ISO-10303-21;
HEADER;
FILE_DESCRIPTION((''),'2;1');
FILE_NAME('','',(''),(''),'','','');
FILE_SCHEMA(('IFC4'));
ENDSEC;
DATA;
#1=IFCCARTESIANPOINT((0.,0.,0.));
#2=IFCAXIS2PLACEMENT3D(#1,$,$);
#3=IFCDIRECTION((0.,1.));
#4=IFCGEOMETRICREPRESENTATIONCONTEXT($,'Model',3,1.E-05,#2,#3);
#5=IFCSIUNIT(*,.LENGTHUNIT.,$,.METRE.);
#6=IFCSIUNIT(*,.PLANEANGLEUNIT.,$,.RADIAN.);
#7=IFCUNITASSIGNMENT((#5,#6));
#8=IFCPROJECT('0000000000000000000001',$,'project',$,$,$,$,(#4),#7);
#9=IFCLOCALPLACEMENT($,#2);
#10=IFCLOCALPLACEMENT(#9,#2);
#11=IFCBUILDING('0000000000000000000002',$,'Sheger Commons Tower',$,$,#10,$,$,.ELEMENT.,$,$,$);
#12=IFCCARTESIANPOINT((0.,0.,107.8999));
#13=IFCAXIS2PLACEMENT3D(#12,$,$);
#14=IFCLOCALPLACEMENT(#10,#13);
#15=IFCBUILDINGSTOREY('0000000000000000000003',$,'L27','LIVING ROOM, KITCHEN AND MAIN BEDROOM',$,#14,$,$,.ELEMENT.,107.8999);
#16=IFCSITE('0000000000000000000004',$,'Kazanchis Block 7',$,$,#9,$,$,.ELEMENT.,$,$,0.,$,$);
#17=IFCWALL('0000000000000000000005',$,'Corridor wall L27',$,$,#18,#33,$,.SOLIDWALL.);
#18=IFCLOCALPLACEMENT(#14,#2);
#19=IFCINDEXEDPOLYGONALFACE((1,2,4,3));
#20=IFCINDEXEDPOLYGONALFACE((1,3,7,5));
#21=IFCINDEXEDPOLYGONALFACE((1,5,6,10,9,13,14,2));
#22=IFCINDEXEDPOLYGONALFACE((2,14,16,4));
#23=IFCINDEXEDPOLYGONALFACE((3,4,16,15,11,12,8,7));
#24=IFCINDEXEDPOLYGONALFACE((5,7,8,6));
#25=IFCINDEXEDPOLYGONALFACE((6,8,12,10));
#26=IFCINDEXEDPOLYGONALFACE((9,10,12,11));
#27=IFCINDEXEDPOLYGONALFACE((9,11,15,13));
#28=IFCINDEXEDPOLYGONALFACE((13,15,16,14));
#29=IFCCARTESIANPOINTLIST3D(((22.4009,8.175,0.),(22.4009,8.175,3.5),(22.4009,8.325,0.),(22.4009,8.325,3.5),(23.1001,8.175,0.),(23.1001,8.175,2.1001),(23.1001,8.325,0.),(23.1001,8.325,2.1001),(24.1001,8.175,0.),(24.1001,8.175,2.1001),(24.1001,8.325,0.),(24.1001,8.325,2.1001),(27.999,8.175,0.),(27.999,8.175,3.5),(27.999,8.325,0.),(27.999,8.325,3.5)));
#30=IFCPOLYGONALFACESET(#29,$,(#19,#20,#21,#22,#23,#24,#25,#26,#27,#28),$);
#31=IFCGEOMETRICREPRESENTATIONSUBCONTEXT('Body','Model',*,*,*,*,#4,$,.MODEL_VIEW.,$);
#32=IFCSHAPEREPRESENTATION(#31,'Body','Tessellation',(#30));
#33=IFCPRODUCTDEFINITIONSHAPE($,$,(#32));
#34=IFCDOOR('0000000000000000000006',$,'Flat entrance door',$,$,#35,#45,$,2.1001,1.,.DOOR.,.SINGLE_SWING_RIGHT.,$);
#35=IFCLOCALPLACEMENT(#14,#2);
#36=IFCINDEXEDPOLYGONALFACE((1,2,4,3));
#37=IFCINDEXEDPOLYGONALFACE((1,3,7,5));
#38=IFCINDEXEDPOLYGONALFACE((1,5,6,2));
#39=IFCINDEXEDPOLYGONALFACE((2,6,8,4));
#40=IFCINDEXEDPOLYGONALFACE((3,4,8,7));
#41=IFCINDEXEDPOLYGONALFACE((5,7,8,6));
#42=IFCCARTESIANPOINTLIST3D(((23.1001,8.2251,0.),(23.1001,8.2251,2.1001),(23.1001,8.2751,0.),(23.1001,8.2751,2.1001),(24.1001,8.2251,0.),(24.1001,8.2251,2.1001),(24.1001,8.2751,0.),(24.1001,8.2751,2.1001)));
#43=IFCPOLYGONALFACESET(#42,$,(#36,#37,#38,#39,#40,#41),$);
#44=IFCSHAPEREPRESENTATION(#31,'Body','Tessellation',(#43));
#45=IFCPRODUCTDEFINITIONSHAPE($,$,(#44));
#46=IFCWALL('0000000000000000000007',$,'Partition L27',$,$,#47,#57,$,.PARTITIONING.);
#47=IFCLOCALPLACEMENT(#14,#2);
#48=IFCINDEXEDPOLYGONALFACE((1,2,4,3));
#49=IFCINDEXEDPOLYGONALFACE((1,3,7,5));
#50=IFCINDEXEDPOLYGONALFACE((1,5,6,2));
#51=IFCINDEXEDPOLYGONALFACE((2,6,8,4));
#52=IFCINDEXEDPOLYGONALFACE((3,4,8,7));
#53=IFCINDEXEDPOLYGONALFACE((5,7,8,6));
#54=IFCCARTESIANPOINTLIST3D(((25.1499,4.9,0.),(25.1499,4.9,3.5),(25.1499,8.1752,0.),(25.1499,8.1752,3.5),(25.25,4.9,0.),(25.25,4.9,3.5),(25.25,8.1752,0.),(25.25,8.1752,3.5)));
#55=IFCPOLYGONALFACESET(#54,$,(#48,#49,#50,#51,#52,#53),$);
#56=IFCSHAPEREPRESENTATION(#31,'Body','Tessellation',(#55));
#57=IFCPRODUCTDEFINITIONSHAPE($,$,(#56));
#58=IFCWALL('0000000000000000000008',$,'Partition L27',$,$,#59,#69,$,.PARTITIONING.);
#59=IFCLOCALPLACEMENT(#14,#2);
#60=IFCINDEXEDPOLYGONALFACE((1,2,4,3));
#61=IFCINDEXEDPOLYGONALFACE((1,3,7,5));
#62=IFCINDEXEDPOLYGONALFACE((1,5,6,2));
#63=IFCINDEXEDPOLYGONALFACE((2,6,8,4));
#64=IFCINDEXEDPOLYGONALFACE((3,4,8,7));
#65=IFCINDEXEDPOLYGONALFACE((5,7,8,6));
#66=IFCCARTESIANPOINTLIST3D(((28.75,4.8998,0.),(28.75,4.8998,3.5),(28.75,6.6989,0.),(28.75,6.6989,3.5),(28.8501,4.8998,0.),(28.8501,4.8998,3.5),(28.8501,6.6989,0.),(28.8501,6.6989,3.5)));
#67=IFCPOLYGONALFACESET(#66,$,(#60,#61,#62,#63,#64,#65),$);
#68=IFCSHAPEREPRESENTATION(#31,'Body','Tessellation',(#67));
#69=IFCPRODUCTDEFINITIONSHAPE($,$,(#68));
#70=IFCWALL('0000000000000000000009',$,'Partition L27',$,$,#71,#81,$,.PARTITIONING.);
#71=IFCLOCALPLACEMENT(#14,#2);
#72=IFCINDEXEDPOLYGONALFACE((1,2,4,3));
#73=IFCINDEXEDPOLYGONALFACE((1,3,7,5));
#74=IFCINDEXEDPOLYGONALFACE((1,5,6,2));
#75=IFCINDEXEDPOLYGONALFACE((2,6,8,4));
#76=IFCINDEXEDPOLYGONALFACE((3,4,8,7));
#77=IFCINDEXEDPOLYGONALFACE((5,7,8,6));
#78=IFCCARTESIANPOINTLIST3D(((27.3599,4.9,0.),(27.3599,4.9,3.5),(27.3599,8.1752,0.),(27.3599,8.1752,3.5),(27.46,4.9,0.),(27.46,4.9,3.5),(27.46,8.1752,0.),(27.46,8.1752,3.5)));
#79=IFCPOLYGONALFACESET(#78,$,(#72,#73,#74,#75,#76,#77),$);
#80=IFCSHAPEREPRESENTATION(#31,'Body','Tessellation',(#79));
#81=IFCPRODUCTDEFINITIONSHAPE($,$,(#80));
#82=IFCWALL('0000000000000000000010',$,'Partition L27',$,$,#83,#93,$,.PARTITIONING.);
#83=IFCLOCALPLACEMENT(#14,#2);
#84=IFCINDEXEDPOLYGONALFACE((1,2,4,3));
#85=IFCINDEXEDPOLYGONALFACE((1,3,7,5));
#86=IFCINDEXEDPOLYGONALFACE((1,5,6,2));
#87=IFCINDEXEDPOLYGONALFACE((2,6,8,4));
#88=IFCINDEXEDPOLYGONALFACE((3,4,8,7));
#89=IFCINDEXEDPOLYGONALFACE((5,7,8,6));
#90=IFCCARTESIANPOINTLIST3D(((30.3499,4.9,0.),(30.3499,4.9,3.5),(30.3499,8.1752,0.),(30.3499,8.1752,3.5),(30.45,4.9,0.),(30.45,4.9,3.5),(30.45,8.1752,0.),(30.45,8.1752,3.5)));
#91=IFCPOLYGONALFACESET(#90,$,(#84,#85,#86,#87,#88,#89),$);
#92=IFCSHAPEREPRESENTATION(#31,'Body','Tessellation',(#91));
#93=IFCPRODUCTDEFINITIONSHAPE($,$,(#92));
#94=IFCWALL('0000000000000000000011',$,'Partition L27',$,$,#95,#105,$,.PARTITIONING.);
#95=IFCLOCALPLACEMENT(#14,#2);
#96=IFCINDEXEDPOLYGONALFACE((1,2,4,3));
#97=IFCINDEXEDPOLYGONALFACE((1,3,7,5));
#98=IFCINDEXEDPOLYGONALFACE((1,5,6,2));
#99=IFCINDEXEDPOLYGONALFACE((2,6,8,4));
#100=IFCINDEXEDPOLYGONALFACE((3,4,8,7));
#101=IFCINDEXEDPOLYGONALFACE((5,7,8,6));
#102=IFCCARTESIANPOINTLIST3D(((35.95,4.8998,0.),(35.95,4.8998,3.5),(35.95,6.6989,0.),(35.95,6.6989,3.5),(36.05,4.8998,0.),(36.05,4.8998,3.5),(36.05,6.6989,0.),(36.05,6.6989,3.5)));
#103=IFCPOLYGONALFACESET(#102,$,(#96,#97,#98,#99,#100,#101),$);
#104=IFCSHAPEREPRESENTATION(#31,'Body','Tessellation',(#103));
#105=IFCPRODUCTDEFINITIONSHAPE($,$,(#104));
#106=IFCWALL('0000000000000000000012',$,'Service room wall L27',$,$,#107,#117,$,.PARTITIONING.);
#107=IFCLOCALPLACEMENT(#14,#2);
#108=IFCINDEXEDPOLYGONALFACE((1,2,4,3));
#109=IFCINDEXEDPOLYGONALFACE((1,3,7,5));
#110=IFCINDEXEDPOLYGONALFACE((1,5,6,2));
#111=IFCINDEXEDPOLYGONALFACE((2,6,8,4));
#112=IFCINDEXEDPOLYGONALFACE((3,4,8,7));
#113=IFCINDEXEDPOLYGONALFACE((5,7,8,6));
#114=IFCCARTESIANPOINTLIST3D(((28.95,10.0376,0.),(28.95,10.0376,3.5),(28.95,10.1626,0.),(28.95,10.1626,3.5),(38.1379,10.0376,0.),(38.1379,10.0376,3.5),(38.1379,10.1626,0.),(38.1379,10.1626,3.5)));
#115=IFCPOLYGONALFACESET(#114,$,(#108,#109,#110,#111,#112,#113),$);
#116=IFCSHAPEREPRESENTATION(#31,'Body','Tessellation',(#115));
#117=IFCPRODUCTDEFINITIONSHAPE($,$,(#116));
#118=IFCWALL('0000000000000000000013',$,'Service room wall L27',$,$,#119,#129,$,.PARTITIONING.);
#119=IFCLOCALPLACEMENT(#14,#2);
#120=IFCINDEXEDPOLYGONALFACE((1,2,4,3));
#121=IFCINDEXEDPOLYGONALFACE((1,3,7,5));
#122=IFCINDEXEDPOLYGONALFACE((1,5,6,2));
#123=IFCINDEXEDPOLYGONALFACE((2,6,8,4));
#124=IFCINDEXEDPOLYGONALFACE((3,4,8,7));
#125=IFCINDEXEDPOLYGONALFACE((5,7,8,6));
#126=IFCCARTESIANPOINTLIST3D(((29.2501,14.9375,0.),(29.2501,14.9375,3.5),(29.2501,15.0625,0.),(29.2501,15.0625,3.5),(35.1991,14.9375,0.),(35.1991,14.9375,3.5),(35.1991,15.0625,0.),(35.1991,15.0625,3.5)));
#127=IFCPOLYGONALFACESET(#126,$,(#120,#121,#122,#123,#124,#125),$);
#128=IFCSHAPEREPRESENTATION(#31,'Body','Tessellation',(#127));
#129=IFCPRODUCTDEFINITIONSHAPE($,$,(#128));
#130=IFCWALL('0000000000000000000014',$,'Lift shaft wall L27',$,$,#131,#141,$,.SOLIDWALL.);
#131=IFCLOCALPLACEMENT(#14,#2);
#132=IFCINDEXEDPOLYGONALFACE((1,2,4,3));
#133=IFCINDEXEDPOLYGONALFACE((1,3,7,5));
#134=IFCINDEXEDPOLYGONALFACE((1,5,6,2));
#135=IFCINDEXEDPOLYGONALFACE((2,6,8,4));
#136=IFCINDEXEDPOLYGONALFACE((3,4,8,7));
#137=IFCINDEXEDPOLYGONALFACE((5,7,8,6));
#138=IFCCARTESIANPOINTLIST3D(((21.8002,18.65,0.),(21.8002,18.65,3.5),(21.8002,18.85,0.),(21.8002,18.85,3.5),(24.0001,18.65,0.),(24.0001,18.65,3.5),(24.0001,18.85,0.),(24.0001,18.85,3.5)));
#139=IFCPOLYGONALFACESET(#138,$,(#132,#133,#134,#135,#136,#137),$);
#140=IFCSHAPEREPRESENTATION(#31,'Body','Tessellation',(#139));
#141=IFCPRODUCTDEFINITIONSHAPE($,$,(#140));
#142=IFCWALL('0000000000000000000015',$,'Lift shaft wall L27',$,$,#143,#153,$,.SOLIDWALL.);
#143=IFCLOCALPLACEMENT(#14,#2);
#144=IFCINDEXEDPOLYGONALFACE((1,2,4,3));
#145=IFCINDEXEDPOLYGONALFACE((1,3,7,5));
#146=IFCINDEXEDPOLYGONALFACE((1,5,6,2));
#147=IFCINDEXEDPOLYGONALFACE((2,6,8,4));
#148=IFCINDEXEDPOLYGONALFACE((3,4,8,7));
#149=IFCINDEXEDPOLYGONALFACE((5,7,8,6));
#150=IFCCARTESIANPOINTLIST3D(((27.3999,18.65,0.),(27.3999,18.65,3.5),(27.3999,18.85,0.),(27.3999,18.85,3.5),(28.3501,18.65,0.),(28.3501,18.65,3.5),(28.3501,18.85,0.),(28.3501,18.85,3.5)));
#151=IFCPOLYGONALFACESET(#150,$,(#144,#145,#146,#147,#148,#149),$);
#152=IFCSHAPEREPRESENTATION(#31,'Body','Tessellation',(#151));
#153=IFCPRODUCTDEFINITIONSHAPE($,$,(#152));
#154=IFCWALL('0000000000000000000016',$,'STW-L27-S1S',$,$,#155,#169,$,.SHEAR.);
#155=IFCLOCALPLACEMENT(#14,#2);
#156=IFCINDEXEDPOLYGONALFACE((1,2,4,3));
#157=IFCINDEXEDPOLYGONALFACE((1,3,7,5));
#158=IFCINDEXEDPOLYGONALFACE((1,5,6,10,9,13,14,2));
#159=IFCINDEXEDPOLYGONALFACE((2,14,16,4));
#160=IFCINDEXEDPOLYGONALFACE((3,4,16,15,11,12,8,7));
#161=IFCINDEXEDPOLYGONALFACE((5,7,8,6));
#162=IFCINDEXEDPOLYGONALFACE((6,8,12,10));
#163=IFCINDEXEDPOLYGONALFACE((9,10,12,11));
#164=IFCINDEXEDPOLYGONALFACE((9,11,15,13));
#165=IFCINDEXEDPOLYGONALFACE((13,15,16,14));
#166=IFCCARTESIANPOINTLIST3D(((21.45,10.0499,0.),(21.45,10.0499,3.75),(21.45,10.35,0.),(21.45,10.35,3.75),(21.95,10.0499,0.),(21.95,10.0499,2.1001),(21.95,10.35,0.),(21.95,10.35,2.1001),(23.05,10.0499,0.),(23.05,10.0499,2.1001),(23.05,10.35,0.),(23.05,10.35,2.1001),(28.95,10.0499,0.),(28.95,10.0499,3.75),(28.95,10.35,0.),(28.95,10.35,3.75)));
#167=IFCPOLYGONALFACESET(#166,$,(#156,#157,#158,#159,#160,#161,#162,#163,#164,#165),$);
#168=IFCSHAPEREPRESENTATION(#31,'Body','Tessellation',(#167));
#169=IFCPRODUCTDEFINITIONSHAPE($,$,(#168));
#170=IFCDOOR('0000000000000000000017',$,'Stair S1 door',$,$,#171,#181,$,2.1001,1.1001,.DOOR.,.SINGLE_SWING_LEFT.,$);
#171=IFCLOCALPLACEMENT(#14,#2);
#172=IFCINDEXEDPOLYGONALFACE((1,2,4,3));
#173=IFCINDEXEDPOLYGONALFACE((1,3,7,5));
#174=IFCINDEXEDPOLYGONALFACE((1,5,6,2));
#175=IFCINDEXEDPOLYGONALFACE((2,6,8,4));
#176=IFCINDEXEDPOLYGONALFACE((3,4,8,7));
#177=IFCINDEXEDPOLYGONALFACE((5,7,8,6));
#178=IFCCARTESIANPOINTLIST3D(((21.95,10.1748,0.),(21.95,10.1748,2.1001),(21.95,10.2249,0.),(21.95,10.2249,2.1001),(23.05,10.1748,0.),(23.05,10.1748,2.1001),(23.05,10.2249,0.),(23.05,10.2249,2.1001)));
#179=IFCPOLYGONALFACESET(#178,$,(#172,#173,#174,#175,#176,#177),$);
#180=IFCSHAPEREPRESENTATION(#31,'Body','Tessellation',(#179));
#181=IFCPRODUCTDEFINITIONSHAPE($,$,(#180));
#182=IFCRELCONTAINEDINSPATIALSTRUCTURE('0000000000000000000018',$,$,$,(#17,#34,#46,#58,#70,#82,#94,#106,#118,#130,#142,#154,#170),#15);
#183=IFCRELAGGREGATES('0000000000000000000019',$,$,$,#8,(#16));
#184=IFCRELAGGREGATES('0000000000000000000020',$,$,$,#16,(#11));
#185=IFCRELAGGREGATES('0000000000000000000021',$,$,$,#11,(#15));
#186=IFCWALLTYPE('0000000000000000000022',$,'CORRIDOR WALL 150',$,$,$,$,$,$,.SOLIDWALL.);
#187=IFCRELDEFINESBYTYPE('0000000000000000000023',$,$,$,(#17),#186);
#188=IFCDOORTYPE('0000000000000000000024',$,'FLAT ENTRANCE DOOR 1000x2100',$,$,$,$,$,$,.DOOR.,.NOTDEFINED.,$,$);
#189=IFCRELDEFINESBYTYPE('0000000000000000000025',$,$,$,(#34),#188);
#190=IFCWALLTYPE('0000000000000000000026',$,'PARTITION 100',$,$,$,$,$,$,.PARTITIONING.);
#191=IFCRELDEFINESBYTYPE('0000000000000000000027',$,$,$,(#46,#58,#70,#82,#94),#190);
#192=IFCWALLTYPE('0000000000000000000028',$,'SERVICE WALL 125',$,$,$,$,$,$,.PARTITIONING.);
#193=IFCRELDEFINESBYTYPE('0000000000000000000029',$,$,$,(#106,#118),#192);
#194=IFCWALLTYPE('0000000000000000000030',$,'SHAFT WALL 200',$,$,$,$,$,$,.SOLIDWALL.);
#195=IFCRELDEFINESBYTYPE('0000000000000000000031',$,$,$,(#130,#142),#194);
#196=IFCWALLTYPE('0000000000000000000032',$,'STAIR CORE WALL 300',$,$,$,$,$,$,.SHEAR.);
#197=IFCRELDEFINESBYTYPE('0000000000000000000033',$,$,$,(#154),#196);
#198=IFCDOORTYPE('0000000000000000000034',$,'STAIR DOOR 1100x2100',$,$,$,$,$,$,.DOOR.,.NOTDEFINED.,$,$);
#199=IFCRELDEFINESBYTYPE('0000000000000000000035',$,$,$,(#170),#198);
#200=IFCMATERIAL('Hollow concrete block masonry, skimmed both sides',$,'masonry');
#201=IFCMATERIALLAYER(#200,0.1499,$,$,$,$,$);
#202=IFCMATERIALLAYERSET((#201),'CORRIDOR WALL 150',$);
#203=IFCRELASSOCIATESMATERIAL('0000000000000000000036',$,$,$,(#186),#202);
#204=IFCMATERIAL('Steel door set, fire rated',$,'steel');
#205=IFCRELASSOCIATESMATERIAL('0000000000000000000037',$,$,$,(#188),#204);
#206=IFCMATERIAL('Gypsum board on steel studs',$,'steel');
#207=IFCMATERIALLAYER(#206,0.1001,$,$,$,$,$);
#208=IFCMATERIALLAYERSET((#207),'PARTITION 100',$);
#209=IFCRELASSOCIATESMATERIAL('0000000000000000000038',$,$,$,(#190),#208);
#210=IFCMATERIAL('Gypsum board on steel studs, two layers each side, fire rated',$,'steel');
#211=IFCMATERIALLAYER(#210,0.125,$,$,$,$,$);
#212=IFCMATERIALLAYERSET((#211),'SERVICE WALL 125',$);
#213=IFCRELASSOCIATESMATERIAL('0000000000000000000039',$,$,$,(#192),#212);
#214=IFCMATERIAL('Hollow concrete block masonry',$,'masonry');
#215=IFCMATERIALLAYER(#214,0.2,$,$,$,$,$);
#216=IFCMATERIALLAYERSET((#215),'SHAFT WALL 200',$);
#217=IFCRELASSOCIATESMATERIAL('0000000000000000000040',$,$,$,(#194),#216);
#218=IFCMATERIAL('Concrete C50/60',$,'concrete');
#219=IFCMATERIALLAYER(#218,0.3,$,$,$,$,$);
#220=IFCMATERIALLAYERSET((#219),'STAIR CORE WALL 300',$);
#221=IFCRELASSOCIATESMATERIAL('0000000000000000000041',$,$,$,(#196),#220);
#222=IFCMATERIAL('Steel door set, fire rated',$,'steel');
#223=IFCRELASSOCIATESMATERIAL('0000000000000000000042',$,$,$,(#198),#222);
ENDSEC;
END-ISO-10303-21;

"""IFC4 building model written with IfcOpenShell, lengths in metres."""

from ifc_helpers import new_model, si_unit, direction, frame, frame_2d, origin, place, context, subcontext, project, spatial, rectangle, extrude, material, layer, layer_set, type_object, element, fill, save


model = new_model("IFC4")

# Units and contexts
model_context = context("Model", 3, precision=1e-05, world=origin(), true_north=direction((0.0, 1.0)))
body_context = subcontext(model_context, "Body", "Model", "MODEL_VIEW")
ifc_project = project(units=[si_unit("LENGTHUNIT", "METRE"), si_unit("PLANEANGLEUNIT", "RADIAN")], contexts=[model_context])

# Site, building, storey
site_placement = place(None, origin())
site = spatial("IfcSite", under=ifc_project, at=site_placement, Name="Kazanchis Block 7", CompositionType="ELEMENT", RefElevation=0.0)
building_placement = place(site_placement, origin())
building = spatial("IfcBuilding", under=site, at=building_placement, Name="Sheger Commons Tower", CompositionType="ELEMENT")
storey_placement = place(building_placement, frame((0.0, 0.0, 107.8999)))
storey = spatial("IfcBuildingStorey", under=building, at=storey_placement, Name="L27", Description="LIVING ROOM, KITCHEN AND MAIN BEDROOM", CompositionType="ELEMENT", Elevation=107.8999)

# Wall, opening, door
ifc_material_1 = material(Name="Hollow concrete block masonry, skimmed both sides", Category="masonry")
ifc_layer_1 = layer(ifc_material_1, 0.1499)
ifc_layer_set_1 = layer_set([ifc_layer_1], Name="CORRIDOR WALL 150")
wall_type_1 = type_object("IfcWallType", Name="CORRIDOR WALL 150", PredefinedType="SOLIDWALL", material=ifc_layer_set_1)
ifc_material_2 = material(Name="Steel door set, fire rated", Category="steel")
door_type_1 = type_object("IfcDoorType", Name="FLAT ENTRANCE DOOR 1000x2100", OperationType="NOTDEFINED", PredefinedType="DOOR", material=ifc_material_2)
wall_1_placement = place(storey_placement, frame((27.999, 8.25, 0.0), z_axis=(0.0, 0.0, 1.0), x_axis=(-1.0, 0.0, 0.0)))
wall_1 = element("IfcWall", 1, at=wall_1_placement, inside=storey, type_object=wall_type_1, Name="Corridor wall L27", PredefinedType="SOLIDWALL", context=body_context, shape_type="SweptSolid", body=[
    extrude(rectangle(XDim=5.5981, YDim=0.1499, at=frame_2d((2.7991, 0.0))), origin(), (0.0, 0.0, 1.0), 3.5),
])
opening_1_placement = place(wall_1_placement, frame((3.8989, 0.0, 0.0)))
opening_1 = element("IfcOpeningElement", 2, at=opening_1_placement, cuts=wall_1, PredefinedType="OPENING", context=body_context, shape_type="SweptSolid", body=[
    extrude(rectangle(XDim=1.0, YDim=2.1001, at=frame_2d((0.5, 1.05))), frame((0.0, 0.085, 0.0), z_axis=(0.0, -1.0, 0.0), x_axis=(1.0, 0.0, 0.0)), (0.0, 0.0, 1.0), 0.1699),
])
door_1_placement = place(opening_1_placement, origin())
door_1 = element("IfcDoor", 3, at=door_1_placement, inside=storey, type_object=door_type_1, Name="Flat entrance door", OperationType="SINGLE_SWING_RIGHT", OverallHeight=2.1001, OverallWidth=1.0, PredefinedType="DOOR", context=body_context, shape_type="SweptSolid", body=[
    extrude(rectangle(XDim=1.0, YDim=2.1001, at=frame_2d((0.5, 1.05))), frame((0.0, 0.0249, 0.0), z_axis=(0.0, -1.0, 0.0), x_axis=(1.0, 0.0, 0.0)), (0.0, 0.0, 1.0), 0.05),
])
fill(opening_1, door_1)

# Walls
ifc_material_3 = material(Name="Gypsum board on steel studs", Category="steel")
ifc_layer_2 = layer(ifc_material_3, 0.1001)
ifc_layer_set_2 = layer_set([ifc_layer_2], Name="PARTITION 100")
wall_type_2 = type_object("IfcWallType", Name="PARTITION 100", PredefinedType="PARTITIONING", material=ifc_layer_set_2)
wall_2_placement = place(storey_placement, frame((25.2, 4.8999, 0.0), z_axis=(0.0, 0.0, 1.0), x_axis=(0.0, 1.0, 0.0)))
element("IfcWall", 4, at=wall_2_placement, inside=storey, type_object=wall_type_2, Name="Partition L27", PredefinedType="PARTITIONING", context=body_context, shape_type="SweptSolid", body=[
    extrude(rectangle(XDim=3.2751, YDim=0.1001, at=frame_2d((1.6377, 0.0))), origin(), (0.0, 0.0, 1.0), 3.5),
])
wall_3_placement = place(storey_placement, frame((28.8, 4.8999, 0.0), z_axis=(0.0, 0.0, 1.0), x_axis=(0.0, 1.0, 0.0)))
element("IfcWall", 5, at=wall_3_placement, inside=storey, type_object=wall_type_2, Name="Partition L27", PredefinedType="PARTITIONING", context=body_context, shape_type="SweptSolid", body=[
    extrude(rectangle(XDim=1.7991, YDim=0.1001, at=frame_2d((0.8994, 0.0))), origin(), (0.0, 0.0, 1.0), 3.5),
])
for number, where, z_axis, x_axis, name in (
    (6, (27.4099, 4.8999, 0.0), (0.0, 0.0, 1.0), (0.0, 1.0, 0.0), "Partition L27"),
    (7, (30.3999, 4.8999, 0.0), (0.0, 0.0, 1.0), (0.0, 1.0, 0.0), "Partition L27"),
):
    element("IfcWall", number, at=place(storey_placement, frame(where, z_axis=z_axis, x_axis=x_axis)), inside=storey, type_object=wall_type_2, Name=name, PredefinedType="PARTITIONING", context=body_context, shape_type="SweptSolid", body=[
        extrude(rectangle(XDim=3.2751, YDim=0.1001, at=frame_2d((1.6377, 0.0))), origin(), (0.0, 0.0, 1.0), 3.5),
    ])
wall_4_placement = place(storey_placement, frame((36.0, 4.8999, 0.0), z_axis=(0.0, 0.0, 1.0), x_axis=(0.0, 1.0, 0.0)))
element("IfcWall", 8, at=wall_4_placement, inside=storey, type_object=wall_type_2, Name="Partition L27", PredefinedType="PARTITIONING", context=body_context, shape_type="SweptSolid", body=[
    extrude(rectangle(XDim=1.7991, YDim=0.1001, at=frame_2d((0.8994, 0.0))), origin(), (0.0, 0.0, 1.0), 3.5),
])
ifc_material_4 = material(Name="Gypsum board on steel studs, two layers each side, fire rated", Category="steel")
ifc_layer_3 = layer(ifc_material_4, 0.125)
ifc_layer_set_3 = layer_set([ifc_layer_3], Name="SERVICE WALL 125")
wall_type_3 = type_object("IfcWallType", Name="SERVICE WALL 125", PredefinedType="PARTITIONING", material=ifc_layer_set_3)
wall_5_placement = place(storey_placement, frame((28.95, 10.1001, 0.0), z_axis=(0.0, 0.0, 1.0), x_axis=(1.0, 0.0, 0.0)))
element("IfcWall", 9, at=wall_5_placement, inside=storey, type_object=wall_type_3, Name="Service room wall L27", PredefinedType="PARTITIONING", context=body_context, shape_type="SweptSolid", body=[
    extrude(rectangle(XDim=9.188, YDim=0.125, at=frame_2d((4.594, 0.0))), origin(), (0.0, 0.0, 1.0), 3.5),
])
wall_6_placement = place(storey_placement, frame((29.25, 15.0, 0.0), z_axis=(0.0, 0.0, 1.0), x_axis=(1.0, 0.0, 0.0)))
element("IfcWall", 10, at=wall_6_placement, inside=storey, type_object=wall_type_3, Name="Service room wall L27", PredefinedType="PARTITIONING", context=body_context, shape_type="SweptSolid", body=[
    extrude(rectangle(XDim=5.949, YDim=0.125, at=frame_2d((2.9746, 0.0))), origin(), (0.0, 0.0, 1.0), 3.5),
])
ifc_material_5 = material(Name="Hollow concrete block masonry", Category="masonry")
ifc_layer_4 = layer(ifc_material_5, 0.2)
ifc_layer_set_4 = layer_set([ifc_layer_4], Name="SHAFT WALL 200")
wall_type_4 = type_object("IfcWallType", Name="SHAFT WALL 200", PredefinedType="SOLIDWALL", material=ifc_layer_set_4)
wall_7_placement = place(storey_placement, frame((21.8, 18.75, 0.0), z_axis=(0.0, 0.0, 1.0), x_axis=(1.0, 0.0, 0.0)))
element("IfcWall", 11, at=wall_7_placement, inside=storey, type_object=wall_type_4, Name="Lift shaft wall L27", PredefinedType="SOLIDWALL", context=body_context, shape_type="SweptSolid", body=[
    extrude(rectangle(XDim=2.2, YDim=0.2, at=frame_2d((1.1001, 0.0))), origin(), (0.0, 0.0, 1.0), 3.5),
])
wall_8_placement = place(storey_placement, frame((27.3999, 18.75, 0.0), z_axis=(0.0, 0.0, 1.0), x_axis=(1.0, 0.0, 0.0)))
element("IfcWall", 12, at=wall_8_placement, inside=storey, type_object=wall_type_4, Name="Lift shaft wall L27", PredefinedType="SOLIDWALL", context=body_context, shape_type="SweptSolid", body=[
    extrude(rectangle(XDim=0.9502, YDim=0.2, at=frame_2d((0.4751, 0.0))), origin(), (0.0, 0.0, 1.0), 3.5),
])

# Wall, opening, door
ifc_material_6 = material(Name="Concrete C50/60", Category="concrete")
ifc_layer_5 = layer(ifc_material_6, 0.3)
ifc_layer_set_5 = layer_set([ifc_layer_5], Name="STAIR CORE WALL 300")
wall_type_5 = type_object("IfcWallType", Name="STAIR CORE WALL 300", PredefinedType="SHEAR", material=ifc_layer_set_5)
wall_9_placement = place(storey_placement, frame((21.45, 10.2, 0.0), z_axis=(0.0, 0.0, 1.0), x_axis=(1.0, 0.0, 0.0)))
wall_9 = element("IfcWall", 13, at=wall_9_placement, inside=storey, type_object=wall_type_5, Name="STW-L27-S1S", PredefinedType="SHEAR", context=body_context, shape_type="SweptSolid", body=[
    extrude(rectangle(XDim=7.5, YDim=0.3, at=frame_2d((3.75, 0.0))), origin(), (0.0, 0.0, 1.0), 3.75),
])
opening_2_placement = place(wall_9_placement, frame((0.5, 0.0, 0.0)))
opening_2 = element("IfcOpeningElement", 14, at=opening_2_placement, cuts=wall_9, PredefinedType="OPENING", context=body_context, shape_type="SweptSolid", body=[
    extrude(rectangle(XDim=1.1001, YDim=2.1001, at=frame_2d((0.55, 1.05))), frame((0.0, 0.1599, 0.0), z_axis=(0.0, -1.0, 0.0), x_axis=(1.0, 0.0, 0.0)), (0.0, 0.0, 1.0), 0.3201),
])
ifc_material_7 = material(Name="Steel door set, fire rated", Category="steel")
door_type_2 = type_object("IfcDoorType", Name="STAIR DOOR 1100x2100", OperationType="NOTDEFINED", PredefinedType="DOOR", material=ifc_material_7)
door_2_placement = place(opening_2_placement, origin())
door_2 = element("IfcDoor", 15, at=door_2_placement, inside=storey, type_object=door_type_2, Name="Stair S1 door", OperationType="SINGLE_SWING_LEFT", OverallHeight=2.1001, OverallWidth=1.1001, PredefinedType="DOOR", context=body_context, shape_type="SweptSolid", body=[
    extrude(rectangle(XDim=1.1001, YDim=2.1001, at=frame_2d((0.55, 1.05))), frame((0.0, 0.0249, 0.0), z_axis=(0.0, -1.0, 0.0), x_axis=(1.0, 0.0, 0.0)), (0.0, 0.0, 1.0), 0.05),
])
fill(opening_2, door_2)

save(model, "model.ifc")
